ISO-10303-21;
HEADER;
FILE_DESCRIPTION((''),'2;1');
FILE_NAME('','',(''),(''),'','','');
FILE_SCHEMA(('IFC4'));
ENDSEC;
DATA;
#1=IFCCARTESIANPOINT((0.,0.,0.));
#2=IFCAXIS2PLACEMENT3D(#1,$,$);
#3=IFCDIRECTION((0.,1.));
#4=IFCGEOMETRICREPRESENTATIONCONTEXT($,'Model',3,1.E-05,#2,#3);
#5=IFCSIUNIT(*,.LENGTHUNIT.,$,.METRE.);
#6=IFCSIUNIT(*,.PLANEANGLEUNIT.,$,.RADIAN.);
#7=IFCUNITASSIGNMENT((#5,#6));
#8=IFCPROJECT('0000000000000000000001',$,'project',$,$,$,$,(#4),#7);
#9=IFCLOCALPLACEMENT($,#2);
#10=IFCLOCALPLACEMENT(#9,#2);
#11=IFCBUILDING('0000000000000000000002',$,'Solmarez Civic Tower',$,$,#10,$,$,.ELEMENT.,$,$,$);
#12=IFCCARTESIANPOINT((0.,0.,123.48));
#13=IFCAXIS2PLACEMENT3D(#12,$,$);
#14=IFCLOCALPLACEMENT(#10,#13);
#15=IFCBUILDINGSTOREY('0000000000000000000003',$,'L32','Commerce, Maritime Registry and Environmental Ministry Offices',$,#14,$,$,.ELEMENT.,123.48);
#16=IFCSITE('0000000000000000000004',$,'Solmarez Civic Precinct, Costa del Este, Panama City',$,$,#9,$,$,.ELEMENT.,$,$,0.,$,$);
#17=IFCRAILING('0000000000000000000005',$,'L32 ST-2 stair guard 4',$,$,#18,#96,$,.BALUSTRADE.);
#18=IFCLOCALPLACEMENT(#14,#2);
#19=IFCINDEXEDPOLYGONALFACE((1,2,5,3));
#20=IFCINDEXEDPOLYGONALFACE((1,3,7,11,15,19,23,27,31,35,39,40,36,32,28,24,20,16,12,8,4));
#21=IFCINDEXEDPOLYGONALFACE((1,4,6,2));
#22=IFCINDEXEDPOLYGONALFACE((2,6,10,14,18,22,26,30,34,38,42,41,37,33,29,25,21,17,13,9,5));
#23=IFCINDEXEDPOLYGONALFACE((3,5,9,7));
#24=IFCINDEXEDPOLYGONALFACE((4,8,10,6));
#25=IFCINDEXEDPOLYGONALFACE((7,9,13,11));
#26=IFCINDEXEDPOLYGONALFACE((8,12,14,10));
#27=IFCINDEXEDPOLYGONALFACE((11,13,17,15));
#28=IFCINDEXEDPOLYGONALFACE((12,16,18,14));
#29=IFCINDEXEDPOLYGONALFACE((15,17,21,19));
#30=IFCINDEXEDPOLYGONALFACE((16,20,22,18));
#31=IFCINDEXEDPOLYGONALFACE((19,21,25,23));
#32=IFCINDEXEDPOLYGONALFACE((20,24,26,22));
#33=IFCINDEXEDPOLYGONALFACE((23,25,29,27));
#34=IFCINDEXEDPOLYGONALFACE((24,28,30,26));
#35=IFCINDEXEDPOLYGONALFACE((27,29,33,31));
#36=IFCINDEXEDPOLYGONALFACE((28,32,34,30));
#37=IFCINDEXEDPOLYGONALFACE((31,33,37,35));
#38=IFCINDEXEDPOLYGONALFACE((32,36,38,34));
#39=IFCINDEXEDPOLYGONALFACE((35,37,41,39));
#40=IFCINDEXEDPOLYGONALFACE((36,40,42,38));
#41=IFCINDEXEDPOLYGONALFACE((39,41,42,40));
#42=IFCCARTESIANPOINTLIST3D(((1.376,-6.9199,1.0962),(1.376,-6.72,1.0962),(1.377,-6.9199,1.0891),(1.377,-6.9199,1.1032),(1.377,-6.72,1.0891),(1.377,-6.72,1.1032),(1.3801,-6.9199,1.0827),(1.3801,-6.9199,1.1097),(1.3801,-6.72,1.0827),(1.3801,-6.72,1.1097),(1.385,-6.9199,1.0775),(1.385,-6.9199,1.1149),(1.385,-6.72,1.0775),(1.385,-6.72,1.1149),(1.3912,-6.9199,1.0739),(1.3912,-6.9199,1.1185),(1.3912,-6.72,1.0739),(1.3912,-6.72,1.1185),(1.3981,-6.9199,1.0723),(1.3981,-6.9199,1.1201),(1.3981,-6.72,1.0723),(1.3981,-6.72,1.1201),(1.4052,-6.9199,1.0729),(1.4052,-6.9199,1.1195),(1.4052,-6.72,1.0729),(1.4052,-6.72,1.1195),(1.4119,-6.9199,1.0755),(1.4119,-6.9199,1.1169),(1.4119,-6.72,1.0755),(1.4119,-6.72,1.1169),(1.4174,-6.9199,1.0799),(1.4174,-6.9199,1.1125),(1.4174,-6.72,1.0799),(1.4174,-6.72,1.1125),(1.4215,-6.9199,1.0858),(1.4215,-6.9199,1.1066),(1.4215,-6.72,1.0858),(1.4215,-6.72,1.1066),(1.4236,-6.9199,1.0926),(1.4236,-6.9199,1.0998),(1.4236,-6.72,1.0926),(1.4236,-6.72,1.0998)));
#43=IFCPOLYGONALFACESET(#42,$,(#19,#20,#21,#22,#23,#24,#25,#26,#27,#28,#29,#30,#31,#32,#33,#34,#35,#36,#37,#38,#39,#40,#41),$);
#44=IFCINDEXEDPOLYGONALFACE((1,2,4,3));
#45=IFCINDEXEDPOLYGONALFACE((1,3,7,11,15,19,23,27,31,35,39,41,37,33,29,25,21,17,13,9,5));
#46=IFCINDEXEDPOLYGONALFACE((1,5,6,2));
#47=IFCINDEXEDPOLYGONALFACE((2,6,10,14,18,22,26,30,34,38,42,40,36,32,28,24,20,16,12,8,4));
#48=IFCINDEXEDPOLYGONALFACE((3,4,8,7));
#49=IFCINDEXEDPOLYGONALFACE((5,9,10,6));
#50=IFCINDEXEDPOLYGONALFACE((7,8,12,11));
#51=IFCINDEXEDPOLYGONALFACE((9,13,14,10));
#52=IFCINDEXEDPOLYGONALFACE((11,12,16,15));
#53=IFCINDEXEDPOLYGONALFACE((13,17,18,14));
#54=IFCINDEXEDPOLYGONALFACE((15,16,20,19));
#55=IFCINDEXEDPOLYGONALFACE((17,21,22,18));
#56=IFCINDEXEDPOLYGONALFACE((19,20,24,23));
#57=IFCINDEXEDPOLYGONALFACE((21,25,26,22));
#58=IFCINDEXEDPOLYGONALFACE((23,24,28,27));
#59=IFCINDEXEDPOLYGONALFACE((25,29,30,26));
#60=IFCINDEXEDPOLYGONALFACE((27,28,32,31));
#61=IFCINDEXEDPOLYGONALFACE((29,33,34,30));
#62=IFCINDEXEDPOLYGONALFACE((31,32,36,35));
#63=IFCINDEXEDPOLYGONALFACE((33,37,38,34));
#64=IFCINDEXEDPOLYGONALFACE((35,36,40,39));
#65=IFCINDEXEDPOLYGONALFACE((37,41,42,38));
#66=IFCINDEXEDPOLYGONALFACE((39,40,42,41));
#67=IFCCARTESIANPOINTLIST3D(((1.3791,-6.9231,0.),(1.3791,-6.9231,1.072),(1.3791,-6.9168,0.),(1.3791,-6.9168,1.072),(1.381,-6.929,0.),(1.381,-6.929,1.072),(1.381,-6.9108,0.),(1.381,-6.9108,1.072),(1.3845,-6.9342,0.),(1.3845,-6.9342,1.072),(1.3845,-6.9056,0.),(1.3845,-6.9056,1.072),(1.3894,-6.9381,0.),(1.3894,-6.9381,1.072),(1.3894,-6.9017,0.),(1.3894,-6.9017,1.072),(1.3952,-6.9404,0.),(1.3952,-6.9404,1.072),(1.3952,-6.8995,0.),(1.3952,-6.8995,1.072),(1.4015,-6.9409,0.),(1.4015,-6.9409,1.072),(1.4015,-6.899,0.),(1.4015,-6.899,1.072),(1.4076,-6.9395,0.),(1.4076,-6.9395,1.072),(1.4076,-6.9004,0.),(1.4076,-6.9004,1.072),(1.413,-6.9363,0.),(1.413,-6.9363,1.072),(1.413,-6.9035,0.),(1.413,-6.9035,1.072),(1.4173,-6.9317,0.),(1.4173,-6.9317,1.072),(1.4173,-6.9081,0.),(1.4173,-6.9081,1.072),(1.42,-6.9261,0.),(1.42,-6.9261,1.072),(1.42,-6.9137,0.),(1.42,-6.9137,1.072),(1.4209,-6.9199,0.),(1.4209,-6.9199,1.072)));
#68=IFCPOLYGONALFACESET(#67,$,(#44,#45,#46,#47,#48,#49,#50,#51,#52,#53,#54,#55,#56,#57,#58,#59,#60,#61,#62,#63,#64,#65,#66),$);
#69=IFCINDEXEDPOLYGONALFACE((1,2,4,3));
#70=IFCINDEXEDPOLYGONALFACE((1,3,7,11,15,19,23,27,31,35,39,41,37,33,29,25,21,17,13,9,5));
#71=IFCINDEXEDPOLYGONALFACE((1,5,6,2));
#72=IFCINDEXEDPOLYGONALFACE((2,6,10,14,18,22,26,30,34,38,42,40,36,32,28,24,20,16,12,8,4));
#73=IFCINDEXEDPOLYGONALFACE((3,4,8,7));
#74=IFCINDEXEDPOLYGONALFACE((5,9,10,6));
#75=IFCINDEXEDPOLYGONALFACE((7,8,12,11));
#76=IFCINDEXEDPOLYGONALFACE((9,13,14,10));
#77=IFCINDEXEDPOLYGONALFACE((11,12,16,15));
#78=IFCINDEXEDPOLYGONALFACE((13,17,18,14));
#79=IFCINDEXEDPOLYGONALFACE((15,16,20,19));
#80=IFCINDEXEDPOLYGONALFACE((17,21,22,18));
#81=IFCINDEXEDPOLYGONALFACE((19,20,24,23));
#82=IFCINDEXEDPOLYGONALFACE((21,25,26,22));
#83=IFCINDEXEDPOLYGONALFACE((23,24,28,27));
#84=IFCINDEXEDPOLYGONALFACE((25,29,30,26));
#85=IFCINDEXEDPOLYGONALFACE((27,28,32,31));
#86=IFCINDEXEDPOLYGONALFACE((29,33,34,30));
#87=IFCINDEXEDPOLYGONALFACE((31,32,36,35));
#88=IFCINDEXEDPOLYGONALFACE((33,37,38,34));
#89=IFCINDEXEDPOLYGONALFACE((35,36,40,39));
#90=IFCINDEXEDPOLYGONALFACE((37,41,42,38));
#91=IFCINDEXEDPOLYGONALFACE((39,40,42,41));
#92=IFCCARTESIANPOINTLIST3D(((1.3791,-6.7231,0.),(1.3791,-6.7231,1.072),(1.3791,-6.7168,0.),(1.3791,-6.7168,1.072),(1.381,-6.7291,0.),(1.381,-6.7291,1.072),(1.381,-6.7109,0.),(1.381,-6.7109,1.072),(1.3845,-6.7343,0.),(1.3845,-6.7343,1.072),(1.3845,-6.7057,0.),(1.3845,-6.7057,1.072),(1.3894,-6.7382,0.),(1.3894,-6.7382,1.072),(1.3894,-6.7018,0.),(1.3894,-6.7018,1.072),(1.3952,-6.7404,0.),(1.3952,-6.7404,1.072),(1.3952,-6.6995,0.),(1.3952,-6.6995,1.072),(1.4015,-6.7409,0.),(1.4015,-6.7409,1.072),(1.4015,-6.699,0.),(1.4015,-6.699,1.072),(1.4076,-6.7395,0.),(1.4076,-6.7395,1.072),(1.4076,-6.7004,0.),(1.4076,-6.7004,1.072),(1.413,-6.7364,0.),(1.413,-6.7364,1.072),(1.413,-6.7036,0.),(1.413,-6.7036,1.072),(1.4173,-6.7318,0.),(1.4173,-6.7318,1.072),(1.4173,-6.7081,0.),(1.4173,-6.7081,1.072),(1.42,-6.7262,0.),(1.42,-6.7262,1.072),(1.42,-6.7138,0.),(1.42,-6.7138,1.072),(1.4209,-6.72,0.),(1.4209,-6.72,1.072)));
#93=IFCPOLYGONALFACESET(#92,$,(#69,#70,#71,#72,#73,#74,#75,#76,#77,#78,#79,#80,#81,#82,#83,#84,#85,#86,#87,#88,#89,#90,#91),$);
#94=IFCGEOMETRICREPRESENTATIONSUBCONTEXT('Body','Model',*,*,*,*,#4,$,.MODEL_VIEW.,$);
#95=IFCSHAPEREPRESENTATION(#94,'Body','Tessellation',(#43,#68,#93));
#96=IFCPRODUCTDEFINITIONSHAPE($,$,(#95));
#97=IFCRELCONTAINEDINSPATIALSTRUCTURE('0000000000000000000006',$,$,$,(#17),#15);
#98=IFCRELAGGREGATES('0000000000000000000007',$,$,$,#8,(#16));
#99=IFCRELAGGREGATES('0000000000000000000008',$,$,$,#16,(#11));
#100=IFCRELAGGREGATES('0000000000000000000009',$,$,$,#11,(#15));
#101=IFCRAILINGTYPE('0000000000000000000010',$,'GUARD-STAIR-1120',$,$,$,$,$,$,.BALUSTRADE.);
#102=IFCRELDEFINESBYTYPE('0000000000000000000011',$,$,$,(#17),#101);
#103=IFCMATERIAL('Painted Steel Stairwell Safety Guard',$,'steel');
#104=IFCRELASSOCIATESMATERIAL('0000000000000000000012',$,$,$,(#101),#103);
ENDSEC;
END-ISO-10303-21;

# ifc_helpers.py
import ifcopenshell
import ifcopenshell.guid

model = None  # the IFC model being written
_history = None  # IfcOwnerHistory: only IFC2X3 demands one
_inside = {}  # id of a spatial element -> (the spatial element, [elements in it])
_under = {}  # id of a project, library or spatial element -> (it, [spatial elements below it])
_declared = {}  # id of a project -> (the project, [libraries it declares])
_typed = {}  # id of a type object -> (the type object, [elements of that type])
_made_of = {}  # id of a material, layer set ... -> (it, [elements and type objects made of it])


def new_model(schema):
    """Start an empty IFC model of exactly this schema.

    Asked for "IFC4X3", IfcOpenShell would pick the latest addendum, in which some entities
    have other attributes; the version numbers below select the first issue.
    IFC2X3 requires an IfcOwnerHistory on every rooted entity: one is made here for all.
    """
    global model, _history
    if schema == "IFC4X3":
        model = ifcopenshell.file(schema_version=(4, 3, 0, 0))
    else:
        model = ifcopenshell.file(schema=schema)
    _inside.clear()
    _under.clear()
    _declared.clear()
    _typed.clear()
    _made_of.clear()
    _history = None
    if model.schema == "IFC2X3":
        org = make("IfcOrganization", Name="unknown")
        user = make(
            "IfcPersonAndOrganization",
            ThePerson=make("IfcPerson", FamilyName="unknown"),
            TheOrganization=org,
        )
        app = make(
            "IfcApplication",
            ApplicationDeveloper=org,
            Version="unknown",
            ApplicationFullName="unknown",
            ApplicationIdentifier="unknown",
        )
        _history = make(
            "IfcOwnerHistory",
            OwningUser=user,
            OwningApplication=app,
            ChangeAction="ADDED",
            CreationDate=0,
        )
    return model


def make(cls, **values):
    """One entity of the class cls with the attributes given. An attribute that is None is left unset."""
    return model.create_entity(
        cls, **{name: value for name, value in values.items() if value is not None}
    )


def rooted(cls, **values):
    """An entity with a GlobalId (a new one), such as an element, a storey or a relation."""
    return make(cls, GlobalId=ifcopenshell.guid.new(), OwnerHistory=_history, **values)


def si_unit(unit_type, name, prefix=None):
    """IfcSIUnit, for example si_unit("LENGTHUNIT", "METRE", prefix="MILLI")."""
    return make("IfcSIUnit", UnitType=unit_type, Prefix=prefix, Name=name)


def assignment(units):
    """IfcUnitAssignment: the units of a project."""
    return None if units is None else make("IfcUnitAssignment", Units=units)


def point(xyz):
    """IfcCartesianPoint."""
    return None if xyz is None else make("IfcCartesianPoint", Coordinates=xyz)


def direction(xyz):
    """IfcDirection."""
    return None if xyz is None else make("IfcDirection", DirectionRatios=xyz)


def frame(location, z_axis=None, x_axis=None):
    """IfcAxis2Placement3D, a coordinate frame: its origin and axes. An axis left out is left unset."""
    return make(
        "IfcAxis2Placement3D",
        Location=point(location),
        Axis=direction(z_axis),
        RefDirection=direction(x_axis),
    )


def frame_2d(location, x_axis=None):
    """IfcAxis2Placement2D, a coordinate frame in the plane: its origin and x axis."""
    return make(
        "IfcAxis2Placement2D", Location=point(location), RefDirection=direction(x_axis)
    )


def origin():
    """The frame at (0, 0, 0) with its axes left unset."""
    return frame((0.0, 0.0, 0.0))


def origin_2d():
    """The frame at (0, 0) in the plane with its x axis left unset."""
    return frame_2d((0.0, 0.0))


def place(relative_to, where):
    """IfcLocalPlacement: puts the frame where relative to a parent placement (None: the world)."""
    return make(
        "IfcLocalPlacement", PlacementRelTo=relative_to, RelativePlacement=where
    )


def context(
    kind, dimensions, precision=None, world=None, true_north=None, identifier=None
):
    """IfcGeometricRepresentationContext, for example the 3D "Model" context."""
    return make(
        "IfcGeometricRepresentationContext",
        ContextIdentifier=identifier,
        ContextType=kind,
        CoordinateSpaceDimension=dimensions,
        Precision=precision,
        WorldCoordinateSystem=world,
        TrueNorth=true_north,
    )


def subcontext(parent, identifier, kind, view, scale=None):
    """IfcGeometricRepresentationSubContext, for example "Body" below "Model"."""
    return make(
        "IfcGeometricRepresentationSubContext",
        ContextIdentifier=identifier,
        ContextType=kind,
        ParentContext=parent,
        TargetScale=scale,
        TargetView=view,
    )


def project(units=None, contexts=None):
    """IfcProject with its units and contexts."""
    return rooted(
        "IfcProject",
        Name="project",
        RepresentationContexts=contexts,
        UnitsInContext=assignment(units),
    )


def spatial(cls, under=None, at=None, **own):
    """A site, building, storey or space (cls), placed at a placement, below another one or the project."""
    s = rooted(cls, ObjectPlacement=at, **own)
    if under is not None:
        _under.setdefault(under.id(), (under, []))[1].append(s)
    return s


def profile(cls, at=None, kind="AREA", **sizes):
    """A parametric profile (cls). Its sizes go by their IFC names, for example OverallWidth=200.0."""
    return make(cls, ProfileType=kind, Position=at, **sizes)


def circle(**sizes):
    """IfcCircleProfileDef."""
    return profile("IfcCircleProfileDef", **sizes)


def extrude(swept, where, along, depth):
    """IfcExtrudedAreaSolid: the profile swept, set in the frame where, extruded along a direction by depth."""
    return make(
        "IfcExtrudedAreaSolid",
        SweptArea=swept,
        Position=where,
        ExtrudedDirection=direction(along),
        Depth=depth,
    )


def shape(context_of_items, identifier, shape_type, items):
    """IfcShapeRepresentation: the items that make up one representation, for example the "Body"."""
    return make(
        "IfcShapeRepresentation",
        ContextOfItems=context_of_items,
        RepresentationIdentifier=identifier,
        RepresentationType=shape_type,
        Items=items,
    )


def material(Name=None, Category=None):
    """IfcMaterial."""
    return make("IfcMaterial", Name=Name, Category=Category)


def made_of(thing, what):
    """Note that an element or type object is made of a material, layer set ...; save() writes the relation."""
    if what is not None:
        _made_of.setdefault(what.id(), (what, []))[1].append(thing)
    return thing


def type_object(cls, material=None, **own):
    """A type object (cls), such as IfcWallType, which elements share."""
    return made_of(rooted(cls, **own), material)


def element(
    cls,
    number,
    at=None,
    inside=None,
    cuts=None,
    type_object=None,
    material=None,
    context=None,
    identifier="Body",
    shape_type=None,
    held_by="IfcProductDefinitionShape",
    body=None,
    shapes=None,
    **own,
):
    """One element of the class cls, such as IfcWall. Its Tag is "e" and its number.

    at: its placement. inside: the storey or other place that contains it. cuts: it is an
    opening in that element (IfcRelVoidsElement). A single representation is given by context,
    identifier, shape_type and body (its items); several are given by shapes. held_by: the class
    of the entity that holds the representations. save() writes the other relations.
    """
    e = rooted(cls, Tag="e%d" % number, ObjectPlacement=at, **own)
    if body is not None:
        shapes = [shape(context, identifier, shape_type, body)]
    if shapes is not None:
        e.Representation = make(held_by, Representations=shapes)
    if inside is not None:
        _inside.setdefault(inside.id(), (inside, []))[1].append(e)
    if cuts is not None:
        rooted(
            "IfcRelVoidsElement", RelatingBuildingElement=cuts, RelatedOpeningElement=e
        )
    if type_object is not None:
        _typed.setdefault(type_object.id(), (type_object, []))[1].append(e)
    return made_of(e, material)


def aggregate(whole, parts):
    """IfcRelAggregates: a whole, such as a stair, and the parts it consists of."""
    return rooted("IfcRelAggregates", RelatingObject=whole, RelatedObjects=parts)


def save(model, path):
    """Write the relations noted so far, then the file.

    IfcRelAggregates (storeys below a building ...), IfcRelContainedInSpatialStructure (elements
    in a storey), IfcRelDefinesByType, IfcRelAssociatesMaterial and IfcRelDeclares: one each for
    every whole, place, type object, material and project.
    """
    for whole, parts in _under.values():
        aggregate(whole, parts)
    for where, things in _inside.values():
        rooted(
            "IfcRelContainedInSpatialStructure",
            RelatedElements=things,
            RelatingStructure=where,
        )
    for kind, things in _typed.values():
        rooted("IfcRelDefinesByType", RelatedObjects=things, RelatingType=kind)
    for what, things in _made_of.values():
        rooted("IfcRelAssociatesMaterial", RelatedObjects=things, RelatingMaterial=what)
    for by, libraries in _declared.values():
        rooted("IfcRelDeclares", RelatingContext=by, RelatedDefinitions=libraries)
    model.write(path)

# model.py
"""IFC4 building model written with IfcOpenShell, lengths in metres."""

from ifc_helpers import new_model, si_unit, direction, frame, origin, origin_2d, place, context, subcontext, project, spatial, circle, extrude, material, type_object, element, save


model = new_model("IFC4")

# Units and contexts
model_context = context("Model", 3, precision=1e-05, world=origin(), true_north=direction((0.0, 1.0)))
body_context = subcontext(model_context, "Body", "Model", "MODEL_VIEW")
ifc_project = project(units=[si_unit("LENGTHUNIT", "METRE"), si_unit("PLANEANGLEUNIT", "RADIAN")], contexts=[model_context])

# Site, building, storey
site_placement = place(None, origin())
site = spatial("IfcSite", under=ifc_project, at=site_placement, Name="Solmarez Civic Precinct, Costa del Este, Panama City", CompositionType="ELEMENT", RefElevation=0.0)
building_placement = place(site_placement, origin())
building = spatial("IfcBuilding", under=site, at=building_placement, Name="Solmarez Civic Tower", CompositionType="ELEMENT")
storey_placement = place(building_placement, frame((0.0, 0.0, 123.48)))
storey = spatial("IfcBuildingStorey", under=building, at=storey_placement, Name="L32", Description="Commerce, Maritime Registry and Environmental Ministry Offices", CompositionType="ELEMENT", Elevation=123.48)

# Railing
ifc_material_1 = material(Name="Painted Steel Stairwell Safety Guard", Category="steel")
railing_type_1 = type_object("IfcRailingType", Name="GUARD-STAIR-1120", PredefinedType="BALUSTRADE", material=ifc_material_1)
railing_1_placement = place(storey_placement, frame((1.3999, -6.9199, 0.0)))
element("IfcRailing", 1, at=railing_1_placement, inside=storey, type_object=railing_type_1, Name="L32 ST-2 stair guard 4", PredefinedType="BALUSTRADE", context=body_context, shape_type="SweptSolid", body=[
    extrude(circle(Radius=0.0239, at=origin_2d()), frame((0.0, 0.0, 1.0962), z_axis=(0.0, 1.0, 0.0), x_axis=(-1.0, 0.0, 0.0)), (0.0, 0.0, 1.0), 0.2),
    extrude(circle(Radius=0.021, at=origin_2d()), origin(), (0.0, 0.0, 1.0), 1.072),
    extrude(circle(Radius=0.021, at=origin_2d()), frame((0.0, 0.2, 0.0)), (0.0, 0.0, 1.0), 1.072),
])

save(model, "model.ifc")
